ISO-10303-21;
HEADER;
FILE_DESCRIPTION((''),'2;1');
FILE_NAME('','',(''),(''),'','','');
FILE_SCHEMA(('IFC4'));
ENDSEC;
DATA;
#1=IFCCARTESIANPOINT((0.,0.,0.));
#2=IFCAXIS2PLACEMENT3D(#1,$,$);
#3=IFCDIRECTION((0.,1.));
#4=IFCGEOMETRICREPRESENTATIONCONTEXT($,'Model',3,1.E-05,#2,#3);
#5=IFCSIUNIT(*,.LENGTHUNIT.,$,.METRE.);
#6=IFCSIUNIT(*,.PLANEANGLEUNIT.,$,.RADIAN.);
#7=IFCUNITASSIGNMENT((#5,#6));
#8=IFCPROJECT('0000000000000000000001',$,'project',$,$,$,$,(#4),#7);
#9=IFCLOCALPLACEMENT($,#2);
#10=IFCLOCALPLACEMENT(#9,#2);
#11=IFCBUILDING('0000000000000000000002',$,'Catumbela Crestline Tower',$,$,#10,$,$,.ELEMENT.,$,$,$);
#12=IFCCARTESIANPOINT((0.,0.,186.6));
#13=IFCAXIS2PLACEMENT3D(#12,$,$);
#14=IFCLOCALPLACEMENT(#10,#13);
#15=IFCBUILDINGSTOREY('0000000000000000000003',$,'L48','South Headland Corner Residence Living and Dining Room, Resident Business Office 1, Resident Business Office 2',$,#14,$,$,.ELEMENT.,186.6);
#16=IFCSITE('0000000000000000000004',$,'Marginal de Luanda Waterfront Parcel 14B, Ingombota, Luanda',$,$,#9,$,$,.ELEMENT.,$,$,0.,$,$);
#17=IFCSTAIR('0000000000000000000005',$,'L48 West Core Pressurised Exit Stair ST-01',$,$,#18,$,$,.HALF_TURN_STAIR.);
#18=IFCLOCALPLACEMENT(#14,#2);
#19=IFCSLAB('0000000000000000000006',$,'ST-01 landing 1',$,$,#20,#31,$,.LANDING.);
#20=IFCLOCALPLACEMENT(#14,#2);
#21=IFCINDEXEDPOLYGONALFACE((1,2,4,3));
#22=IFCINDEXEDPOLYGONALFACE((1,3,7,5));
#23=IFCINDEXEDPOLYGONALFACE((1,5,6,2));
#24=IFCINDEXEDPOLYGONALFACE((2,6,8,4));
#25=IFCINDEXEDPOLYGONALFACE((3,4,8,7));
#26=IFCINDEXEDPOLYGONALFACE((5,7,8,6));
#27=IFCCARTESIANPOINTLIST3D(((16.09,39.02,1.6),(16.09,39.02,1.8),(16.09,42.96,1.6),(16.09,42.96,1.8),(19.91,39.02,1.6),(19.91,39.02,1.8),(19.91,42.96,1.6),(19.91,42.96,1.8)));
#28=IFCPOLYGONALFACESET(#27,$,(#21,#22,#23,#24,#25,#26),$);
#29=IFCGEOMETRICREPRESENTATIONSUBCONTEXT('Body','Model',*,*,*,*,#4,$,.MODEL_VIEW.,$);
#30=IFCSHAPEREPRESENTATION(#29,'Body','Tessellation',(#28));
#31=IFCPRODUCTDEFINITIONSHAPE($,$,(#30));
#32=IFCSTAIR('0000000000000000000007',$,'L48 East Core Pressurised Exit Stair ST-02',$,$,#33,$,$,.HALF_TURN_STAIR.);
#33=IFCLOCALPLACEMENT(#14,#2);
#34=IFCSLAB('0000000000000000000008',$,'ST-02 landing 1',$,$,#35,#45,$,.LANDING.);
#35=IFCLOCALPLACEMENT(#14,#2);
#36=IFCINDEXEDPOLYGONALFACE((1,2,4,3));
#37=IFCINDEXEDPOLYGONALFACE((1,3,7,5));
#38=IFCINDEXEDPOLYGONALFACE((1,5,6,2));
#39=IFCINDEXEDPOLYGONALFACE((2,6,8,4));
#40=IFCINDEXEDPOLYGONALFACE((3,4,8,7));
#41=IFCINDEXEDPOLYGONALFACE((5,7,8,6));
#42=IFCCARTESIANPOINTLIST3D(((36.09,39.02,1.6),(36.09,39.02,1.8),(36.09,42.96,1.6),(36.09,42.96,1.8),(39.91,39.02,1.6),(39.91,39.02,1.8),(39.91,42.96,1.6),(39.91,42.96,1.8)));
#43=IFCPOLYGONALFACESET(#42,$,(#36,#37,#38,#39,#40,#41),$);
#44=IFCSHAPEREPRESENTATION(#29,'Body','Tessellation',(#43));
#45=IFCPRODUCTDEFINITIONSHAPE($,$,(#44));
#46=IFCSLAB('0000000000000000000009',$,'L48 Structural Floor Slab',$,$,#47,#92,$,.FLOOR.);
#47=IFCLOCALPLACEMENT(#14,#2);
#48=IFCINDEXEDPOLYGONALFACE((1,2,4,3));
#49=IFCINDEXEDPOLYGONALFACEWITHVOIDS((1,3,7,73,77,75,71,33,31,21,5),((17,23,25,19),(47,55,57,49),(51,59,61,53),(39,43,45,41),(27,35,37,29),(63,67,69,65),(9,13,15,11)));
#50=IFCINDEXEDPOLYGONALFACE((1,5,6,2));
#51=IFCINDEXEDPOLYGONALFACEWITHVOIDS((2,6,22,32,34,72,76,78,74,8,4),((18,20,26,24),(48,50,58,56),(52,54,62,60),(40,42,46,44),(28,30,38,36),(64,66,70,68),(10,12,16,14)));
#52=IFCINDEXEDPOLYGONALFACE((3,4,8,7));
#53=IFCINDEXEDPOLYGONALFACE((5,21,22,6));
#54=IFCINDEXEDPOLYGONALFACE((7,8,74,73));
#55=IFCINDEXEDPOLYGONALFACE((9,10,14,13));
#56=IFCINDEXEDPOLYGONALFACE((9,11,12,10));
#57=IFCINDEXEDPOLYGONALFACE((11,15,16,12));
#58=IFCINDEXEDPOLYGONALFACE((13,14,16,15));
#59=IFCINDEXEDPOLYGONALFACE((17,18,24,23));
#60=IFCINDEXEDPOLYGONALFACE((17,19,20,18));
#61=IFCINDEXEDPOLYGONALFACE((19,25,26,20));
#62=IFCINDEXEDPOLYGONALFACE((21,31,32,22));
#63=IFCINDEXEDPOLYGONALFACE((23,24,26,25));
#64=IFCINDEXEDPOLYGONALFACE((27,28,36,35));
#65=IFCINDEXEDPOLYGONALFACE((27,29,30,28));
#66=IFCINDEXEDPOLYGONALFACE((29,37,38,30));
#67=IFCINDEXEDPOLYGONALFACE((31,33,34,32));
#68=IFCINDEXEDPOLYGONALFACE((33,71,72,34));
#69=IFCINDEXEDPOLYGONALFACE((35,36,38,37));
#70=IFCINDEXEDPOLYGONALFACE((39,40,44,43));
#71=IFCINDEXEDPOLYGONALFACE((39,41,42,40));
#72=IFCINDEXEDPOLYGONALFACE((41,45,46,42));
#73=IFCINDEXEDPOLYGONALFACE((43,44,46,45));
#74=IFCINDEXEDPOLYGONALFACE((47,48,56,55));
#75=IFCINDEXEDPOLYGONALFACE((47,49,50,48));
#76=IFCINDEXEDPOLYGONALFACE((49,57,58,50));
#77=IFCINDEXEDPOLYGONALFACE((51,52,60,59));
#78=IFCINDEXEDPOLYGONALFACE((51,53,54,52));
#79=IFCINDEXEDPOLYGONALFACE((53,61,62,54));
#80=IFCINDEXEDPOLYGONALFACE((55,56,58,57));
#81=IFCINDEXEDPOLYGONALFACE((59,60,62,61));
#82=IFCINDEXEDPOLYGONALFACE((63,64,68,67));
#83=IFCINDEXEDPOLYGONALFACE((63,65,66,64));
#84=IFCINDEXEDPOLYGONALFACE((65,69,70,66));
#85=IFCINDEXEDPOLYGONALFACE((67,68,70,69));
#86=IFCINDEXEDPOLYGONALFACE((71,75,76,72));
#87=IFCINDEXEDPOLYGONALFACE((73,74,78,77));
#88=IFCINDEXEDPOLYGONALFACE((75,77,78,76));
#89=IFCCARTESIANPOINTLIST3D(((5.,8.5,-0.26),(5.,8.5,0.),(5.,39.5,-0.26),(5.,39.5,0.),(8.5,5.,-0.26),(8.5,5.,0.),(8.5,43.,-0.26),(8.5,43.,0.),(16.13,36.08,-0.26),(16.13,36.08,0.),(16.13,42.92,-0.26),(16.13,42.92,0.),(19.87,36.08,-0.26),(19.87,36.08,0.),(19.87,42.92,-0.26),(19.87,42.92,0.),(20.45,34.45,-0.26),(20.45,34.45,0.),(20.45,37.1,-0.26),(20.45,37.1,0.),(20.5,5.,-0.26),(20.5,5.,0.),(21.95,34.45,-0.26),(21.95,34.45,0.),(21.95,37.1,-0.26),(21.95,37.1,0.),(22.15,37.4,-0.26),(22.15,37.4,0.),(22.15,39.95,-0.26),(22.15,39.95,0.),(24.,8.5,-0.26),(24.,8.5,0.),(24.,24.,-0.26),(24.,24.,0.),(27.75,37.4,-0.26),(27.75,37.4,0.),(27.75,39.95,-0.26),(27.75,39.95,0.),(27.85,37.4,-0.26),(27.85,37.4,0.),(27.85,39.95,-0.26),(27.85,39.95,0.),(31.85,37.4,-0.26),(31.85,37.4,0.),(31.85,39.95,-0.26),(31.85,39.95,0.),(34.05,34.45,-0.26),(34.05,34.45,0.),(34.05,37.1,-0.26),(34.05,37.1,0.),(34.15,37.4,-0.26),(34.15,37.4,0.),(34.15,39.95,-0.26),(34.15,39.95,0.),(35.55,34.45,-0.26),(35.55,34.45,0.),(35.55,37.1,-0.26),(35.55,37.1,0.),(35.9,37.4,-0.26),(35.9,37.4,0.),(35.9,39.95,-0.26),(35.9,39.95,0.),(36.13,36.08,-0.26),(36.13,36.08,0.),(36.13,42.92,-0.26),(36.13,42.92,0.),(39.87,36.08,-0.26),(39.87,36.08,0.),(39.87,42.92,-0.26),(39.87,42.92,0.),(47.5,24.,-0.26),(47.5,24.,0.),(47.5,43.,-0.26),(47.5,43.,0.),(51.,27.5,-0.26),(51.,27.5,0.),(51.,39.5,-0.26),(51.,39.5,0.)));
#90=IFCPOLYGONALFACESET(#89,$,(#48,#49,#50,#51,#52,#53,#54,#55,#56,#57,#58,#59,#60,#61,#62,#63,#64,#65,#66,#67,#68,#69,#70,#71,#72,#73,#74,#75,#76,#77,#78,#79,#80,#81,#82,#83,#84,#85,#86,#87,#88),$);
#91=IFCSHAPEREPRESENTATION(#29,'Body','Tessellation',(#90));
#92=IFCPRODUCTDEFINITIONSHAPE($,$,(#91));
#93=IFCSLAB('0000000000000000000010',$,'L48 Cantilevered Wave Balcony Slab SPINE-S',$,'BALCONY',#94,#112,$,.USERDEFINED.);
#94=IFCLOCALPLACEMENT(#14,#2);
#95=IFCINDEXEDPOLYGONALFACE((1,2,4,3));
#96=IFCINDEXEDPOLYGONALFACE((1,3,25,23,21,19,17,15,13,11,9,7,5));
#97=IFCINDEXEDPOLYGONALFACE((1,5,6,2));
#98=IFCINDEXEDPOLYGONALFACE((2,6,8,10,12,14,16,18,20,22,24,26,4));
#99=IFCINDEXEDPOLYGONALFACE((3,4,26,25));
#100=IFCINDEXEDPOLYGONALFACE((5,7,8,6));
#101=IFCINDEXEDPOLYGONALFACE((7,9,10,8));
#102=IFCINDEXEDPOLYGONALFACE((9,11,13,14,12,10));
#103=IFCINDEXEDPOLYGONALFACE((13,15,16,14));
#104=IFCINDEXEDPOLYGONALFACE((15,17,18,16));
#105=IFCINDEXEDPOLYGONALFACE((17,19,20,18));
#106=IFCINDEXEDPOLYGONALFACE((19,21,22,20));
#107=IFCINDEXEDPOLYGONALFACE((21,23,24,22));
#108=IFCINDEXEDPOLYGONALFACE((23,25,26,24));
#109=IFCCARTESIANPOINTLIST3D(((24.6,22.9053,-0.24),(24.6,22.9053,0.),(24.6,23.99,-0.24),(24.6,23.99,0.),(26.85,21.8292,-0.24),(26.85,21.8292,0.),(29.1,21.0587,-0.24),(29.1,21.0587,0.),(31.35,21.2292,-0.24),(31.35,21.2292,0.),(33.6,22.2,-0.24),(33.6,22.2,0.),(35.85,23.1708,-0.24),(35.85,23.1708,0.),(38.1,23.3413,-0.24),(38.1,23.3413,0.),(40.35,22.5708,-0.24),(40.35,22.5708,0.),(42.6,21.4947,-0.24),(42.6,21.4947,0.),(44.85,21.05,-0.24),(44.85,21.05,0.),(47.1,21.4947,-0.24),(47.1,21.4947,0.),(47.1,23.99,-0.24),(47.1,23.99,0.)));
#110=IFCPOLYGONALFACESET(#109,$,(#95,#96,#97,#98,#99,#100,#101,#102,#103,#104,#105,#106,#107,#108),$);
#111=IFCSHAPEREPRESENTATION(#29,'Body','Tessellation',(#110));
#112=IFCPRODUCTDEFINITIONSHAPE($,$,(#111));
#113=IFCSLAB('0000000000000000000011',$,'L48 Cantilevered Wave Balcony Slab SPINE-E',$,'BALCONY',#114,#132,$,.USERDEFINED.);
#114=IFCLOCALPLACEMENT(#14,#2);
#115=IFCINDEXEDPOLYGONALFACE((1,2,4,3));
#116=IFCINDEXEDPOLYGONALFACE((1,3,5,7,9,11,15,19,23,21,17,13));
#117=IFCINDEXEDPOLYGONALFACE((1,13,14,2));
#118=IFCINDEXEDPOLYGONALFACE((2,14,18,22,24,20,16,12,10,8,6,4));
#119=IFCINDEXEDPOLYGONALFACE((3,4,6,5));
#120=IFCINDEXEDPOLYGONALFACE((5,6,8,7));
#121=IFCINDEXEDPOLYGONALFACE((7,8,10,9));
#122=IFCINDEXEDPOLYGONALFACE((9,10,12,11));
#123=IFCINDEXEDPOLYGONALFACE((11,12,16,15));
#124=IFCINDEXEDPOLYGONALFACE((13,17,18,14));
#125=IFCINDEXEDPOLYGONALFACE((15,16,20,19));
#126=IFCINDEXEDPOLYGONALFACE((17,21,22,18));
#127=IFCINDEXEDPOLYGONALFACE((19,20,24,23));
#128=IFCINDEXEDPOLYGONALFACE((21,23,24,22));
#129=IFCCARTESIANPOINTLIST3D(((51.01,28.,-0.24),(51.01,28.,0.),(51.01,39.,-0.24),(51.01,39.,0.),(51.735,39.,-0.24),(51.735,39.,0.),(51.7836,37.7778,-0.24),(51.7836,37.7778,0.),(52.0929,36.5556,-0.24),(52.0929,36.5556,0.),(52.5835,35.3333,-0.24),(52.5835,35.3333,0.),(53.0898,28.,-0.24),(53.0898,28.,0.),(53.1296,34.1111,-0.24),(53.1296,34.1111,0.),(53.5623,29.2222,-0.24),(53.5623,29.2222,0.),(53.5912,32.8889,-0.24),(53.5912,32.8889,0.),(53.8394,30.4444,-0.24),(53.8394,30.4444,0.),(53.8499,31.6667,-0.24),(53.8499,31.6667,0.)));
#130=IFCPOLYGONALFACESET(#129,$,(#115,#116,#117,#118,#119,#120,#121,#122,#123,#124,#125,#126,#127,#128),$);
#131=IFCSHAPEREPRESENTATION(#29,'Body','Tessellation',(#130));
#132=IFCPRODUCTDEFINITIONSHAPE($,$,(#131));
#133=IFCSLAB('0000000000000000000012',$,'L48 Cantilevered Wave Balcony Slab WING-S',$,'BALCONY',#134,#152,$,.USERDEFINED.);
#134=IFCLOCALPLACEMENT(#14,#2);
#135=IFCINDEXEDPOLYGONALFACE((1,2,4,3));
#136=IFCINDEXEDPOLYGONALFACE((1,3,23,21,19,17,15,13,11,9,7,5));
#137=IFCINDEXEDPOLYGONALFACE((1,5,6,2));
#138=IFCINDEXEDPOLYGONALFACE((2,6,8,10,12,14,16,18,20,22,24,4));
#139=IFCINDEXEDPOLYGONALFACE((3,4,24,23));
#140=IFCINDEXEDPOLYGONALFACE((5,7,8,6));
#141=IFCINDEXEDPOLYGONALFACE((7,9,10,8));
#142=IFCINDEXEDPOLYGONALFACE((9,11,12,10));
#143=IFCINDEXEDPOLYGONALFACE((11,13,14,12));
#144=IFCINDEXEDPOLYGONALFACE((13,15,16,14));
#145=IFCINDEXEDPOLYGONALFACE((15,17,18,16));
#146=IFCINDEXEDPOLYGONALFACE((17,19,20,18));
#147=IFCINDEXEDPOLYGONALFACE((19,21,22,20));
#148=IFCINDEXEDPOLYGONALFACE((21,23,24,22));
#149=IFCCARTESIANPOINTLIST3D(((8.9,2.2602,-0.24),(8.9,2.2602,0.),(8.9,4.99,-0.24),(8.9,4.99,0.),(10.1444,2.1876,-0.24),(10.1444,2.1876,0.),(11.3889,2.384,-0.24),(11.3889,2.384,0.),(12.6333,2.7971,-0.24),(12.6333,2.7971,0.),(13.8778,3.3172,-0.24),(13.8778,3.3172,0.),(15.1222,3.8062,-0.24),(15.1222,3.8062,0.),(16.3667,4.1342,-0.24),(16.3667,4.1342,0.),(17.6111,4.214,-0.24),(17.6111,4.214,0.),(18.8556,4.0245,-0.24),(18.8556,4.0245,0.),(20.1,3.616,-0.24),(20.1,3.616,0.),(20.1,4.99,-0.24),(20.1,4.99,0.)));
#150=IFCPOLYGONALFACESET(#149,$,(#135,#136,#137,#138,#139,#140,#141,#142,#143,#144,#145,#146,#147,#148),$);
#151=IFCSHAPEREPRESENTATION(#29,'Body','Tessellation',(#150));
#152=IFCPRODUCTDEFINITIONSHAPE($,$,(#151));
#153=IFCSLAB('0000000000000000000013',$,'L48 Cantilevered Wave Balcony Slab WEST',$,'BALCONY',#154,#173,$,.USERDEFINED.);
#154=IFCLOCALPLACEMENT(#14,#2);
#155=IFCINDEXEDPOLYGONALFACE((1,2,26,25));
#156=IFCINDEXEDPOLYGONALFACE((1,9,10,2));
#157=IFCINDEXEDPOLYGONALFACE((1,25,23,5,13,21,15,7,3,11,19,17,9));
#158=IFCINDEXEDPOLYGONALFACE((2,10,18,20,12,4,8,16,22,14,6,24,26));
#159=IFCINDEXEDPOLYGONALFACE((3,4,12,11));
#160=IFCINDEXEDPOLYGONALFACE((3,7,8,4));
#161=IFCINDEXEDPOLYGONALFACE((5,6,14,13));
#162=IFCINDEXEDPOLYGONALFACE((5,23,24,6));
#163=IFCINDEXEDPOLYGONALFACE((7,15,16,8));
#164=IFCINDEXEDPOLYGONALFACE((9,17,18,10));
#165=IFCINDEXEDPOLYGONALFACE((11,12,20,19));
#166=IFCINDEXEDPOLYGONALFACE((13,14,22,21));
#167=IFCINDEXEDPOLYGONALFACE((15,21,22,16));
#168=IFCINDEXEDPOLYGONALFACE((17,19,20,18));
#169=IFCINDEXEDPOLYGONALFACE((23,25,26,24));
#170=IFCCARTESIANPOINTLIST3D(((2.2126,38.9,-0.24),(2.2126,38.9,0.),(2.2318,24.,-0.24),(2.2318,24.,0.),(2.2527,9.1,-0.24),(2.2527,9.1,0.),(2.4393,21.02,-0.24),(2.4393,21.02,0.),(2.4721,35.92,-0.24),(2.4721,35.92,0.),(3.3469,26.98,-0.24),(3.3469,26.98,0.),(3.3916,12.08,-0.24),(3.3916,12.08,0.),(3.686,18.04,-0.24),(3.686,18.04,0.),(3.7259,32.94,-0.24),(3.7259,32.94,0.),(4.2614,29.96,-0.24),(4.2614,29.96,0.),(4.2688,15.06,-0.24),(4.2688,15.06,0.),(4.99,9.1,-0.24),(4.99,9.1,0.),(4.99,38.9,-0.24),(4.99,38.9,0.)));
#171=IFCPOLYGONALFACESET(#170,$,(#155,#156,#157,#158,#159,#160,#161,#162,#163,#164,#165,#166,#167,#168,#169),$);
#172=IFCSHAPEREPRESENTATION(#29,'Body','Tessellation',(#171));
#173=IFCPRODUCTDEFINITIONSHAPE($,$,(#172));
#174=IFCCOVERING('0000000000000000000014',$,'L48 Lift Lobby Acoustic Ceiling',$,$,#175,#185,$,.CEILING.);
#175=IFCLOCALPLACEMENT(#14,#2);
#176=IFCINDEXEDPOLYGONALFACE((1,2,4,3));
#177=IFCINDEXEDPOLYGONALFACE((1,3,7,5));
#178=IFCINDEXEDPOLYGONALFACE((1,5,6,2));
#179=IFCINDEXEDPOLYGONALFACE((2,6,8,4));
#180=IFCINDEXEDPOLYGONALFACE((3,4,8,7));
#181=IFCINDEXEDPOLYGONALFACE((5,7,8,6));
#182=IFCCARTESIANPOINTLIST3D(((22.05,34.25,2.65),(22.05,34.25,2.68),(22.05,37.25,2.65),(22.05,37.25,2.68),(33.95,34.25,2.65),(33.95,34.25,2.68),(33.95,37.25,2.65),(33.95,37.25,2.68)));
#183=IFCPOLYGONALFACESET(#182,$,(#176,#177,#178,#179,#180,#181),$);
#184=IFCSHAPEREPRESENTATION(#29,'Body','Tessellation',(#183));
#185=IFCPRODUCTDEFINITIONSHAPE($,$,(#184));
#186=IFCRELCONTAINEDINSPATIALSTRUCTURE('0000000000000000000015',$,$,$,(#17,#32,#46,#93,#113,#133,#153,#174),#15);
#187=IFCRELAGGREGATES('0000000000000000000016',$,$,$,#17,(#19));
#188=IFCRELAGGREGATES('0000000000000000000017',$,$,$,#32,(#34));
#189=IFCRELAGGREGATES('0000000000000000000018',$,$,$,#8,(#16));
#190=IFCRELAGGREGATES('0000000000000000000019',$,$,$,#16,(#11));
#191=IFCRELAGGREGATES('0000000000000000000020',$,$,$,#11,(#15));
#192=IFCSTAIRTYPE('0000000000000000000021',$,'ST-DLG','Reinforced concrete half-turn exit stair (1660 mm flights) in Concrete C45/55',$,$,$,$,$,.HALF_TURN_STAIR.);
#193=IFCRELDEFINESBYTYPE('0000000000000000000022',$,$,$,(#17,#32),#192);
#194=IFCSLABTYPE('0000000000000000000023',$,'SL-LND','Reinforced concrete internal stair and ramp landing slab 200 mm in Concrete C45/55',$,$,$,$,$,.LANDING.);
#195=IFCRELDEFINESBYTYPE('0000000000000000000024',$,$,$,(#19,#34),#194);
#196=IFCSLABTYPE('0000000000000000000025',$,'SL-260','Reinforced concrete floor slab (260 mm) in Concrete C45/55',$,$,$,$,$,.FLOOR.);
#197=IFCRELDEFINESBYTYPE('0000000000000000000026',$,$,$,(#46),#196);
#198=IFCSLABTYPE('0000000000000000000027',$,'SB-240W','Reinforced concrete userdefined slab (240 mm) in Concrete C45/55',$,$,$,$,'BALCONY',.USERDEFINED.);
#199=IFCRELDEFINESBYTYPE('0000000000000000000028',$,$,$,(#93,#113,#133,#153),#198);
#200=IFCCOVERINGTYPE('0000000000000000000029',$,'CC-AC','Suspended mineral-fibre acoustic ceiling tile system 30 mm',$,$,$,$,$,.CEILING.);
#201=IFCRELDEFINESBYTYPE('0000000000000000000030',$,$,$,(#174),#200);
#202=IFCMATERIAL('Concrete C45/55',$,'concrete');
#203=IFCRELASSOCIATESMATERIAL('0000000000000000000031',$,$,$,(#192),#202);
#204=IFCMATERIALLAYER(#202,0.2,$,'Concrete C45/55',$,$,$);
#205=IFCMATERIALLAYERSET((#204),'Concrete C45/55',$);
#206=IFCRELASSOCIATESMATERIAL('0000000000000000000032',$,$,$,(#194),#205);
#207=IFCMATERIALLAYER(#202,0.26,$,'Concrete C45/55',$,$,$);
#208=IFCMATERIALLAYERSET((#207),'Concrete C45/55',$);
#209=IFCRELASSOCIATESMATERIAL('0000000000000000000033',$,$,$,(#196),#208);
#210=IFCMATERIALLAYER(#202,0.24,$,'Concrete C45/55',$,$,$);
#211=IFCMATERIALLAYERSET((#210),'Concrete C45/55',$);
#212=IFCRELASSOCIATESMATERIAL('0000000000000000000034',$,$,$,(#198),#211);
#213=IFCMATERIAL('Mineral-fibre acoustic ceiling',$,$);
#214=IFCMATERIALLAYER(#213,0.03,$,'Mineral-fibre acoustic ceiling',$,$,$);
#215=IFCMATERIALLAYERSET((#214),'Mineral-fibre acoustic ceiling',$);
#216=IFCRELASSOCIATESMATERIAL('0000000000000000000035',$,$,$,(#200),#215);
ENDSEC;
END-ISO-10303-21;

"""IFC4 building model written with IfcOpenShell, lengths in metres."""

from ifc_helpers import new_model, si_unit, direction, frame, origin, place, context, subcontext, project, spatial, polyline, outline, extrude, material, layer, layer_set, type_object, element, aggregate, save


model = new_model("IFC4")

# Units and contexts
model_context = context("Model", 3, precision=1e-05, world=origin(), true_north=direction((0.0, 1.0)))
body_context = subcontext(model_context, "Body", "Model", "MODEL_VIEW")
ifc_project = project(units=[si_unit("LENGTHUNIT", "METRE"), si_unit("PLANEANGLEUNIT", "RADIAN")], contexts=[model_context])

# Site, building, storey
site_placement = place(None, origin())
site = spatial("IfcSite", under=ifc_project, at=site_placement, Name="Marginal de Luanda Waterfront Parcel 14B, Ingombota, Luanda", CompositionType="ELEMENT", RefElevation=0.0)
building_placement = place(site_placement, origin())
building = spatial("IfcBuilding", under=site, at=building_placement, Name="Catumbela Crestline Tower", CompositionType="ELEMENT")
storey_placement = place(building_placement, frame((0.0, 0.0, 186.6)))
storey = spatial("IfcBuildingStorey", under=building, at=storey_placement, Name="L48", Description="South Headland Corner Residence Living and Dining Room, Resident Business Office 1, Resident Business Office 2", CompositionType="ELEMENT", Elevation=186.6)

# Stairs, slabs
ifc_material_1 = material(Name="Concrete C45/55", Category="concrete")
stair_type = type_object("IfcStairType", Name="ST-DLG", Description="Reinforced concrete half-turn exit stair (1660 mm flights) in Concrete C45/55", PredefinedType="HALF_TURN_STAIR", material=ifc_material_1)
stair_1_placement = place(storey_placement, origin())
stair_1 = element("IfcStair", 1, at=stair_1_placement, inside=storey, type_object=stair_type, Name="L48 West Core Pressurised Exit Stair ST-01", PredefinedType="HALF_TURN_STAIR")
ifc_layer_1 = layer(ifc_material_1, 0.2, Name="Concrete C45/55")
ifc_layer_set_1 = layer_set([ifc_layer_1], Name="Concrete C45/55")
slab_type_1 = type_object("IfcSlabType", Name="SL-LND", Description="Reinforced concrete internal stair and ramp landing slab 200 mm in Concrete C45/55", PredefinedType="LANDING", material=ifc_layer_set_1)
slab_1_placement = place(storey_placement, frame((0.0, 0.0, 1.6)))
slab_1 = element("IfcSlab", 2, at=slab_1_placement, type_object=slab_type_1, Name="ST-01 landing 1", PredefinedType="LANDING", context=body_context, shape_type="SweptSolid", body=[
    extrude(outline(polyline([(19.91, 39.02), (19.91, 42.96), (16.09, 42.96), (16.09, 39.02), (19.91, 39.02)])), origin(), (0.0, 0.0, 1.0), 0.2),
])
aggregate(stair_1, [slab_1])
stair_2_placement = place(storey_placement, origin())
stair_2 = element("IfcStair", 3, at=stair_2_placement, inside=storey, type_object=stair_type, Name="L48 East Core Pressurised Exit Stair ST-02", PredefinedType="HALF_TURN_STAIR")
slab_2_placement = place(storey_placement, frame((0.0, 0.0, 1.6)))
slab_2 = element("IfcSlab", 4, at=slab_2_placement, type_object=slab_type_1, Name="ST-02 landing 1", PredefinedType="LANDING", context=body_context, shape_type="SweptSolid", body=[
    extrude(outline(polyline([(39.91, 39.02), (39.91, 42.96), (36.09, 42.96), (36.09, 39.02), (39.91, 39.02)])), origin(), (0.0, 0.0, 1.0), 0.2),
])
aggregate(stair_2, [slab_2])

# Slabs
ifc_layer_2 = layer(ifc_material_1, 0.26, Name="Concrete C45/55")
ifc_layer_set_2 = layer_set([ifc_layer_2], Name="Concrete C45/55")
slab_type_2 = type_object("IfcSlabType", Name="SL-260", Description="Reinforced concrete floor slab (260 mm) in Concrete C45/55", PredefinedType="FLOOR", material=ifc_layer_set_2)
slab_3_placement = place(storey_placement, frame((0.0, 0.0, -0.26)))
element("IfcSlab", 5, at=slab_3_placement, inside=storey, type_object=slab_type_2, Name="L48 Structural Floor Slab", PredefinedType="FLOOR", context=body_context, shape_type="SweptSolid", body=[
    extrude(outline(polyline([(8.5, 5.0), (20.5, 5.0), (24.0, 8.5), (24.0, 24.0), (47.5, 24.0), (51.0, 27.5), (51.0, 39.5), (47.5, 43.0), (8.5, 43.0), (5.0, 39.5), (5.0, 8.5), (8.5, 5.0)]), holes=[polyline([(16.13, 36.08), (19.87, 36.08), (19.87, 42.92), (16.13, 42.92), (16.13, 36.08)]), polyline([(36.13, 36.08), (39.87, 36.08), (39.87, 42.92), (36.13, 42.92), (36.13, 36.08)]), polyline([(22.15, 37.4), (27.75, 37.4), (27.75, 39.95), (22.15, 39.95), (22.15, 37.4)]), polyline([(27.85, 37.4), (31.85, 37.4), (31.85, 39.95), (27.85, 39.95), (27.85, 37.4)]), polyline([(20.45, 34.45), (21.95, 34.45), (21.95, 37.1), (20.45, 37.1), (20.45, 34.45)]), polyline([(34.05, 34.45), (35.55, 34.45), (35.55, 37.1), (34.05, 37.1), (34.05, 34.45)]), polyline([(34.15, 37.4), (35.9, 37.4), (35.9, 39.95), (34.15, 39.95), (34.15, 37.4)])]), origin(), (0.0, 0.0, 1.0), 0.26),
])
ifc_layer_3 = layer(ifc_material_1, 0.24, Name="Concrete C45/55")
ifc_layer_set_3 = layer_set([ifc_layer_3], Name="Concrete C45/55")
slab_type_3 = type_object("IfcSlabType", Name="SB-240W", Description="Reinforced concrete userdefined slab (240 mm) in Concrete C45/55", ElementType="BALCONY", PredefinedType="USERDEFINED", material=ifc_layer_set_3)
slab_4_placement = place(storey_placement, frame((0.0, 0.0, -0.24)))
element("IfcSlab", 6, at=slab_4_placement, inside=storey, type_object=slab_type_3, Name="L48 Cantilevered Wave Balcony Slab SPINE-S", ObjectType="BALCONY", PredefinedType="USERDEFINED", context=body_context, shape_type="SweptSolid", body=[
    extrude(outline(polyline([(24.6, 22.9053), (26.85, 21.8292), (29.1, 21.0587), (31.35, 21.2292), (33.6, 22.2), (35.85, 23.1708), (38.1, 23.3413), (40.35, 22.5708), (42.6, 21.4947), (44.85, 21.05), (47.1, 21.4947), (47.1, 23.99), (24.6, 23.99), (24.6, 22.9053)])), origin(), (0.0, 0.0, 1.0), 0.24),
])
slab_5_placement = place(storey_placement, frame((0.0, 0.0, -0.24)))
element("IfcSlab", 7, at=slab_5_placement, inside=storey, type_object=slab_type_3, Name="L48 Cantilevered Wave Balcony Slab SPINE-E", ObjectType="BALCONY", PredefinedType="USERDEFINED", context=body_context, shape_type="SweptSolid", body=[
    extrude(outline(polyline([(51.01, 28.0), (53.0898, 28.0), (53.5623, 29.2222), (53.8394, 30.4444), (53.8499, 31.6667), (53.5912, 32.8889), (53.1296, 34.1111), (52.5835, 35.3333), (52.0929, 36.5556), (51.7836, 37.7778), (51.735, 39.0), (51.01, 39.0), (51.01, 28.0)])), origin(), (0.0, 0.0, 1.0), 0.24),
])
slab_6_placement = place(storey_placement, frame((0.0, 0.0, -0.24)))
element("IfcSlab", 8, at=slab_6_placement, inside=storey, type_object=slab_type_3, Name="L48 Cantilevered Wave Balcony Slab WING-S", ObjectType="BALCONY", PredefinedType="USERDEFINED", context=body_context, shape_type="SweptSolid", body=[
    extrude(outline(polyline([(8.9, 2.2602), (10.1444, 2.1876), (11.3889, 2.384), (12.6333, 2.7971), (13.8778, 3.3172), (15.1222, 3.8062), (16.3667, 4.1342), (17.6111, 4.214), (18.8556, 4.0245), (20.1, 3.616), (20.1, 4.99), (8.9, 4.99), (8.9, 2.2602)])), origin(), (0.0, 0.0, 1.0), 0.24),
])
slab_7_placement = place(storey_placement, frame((0.0, 0.0, -0.24)))
element("IfcSlab", 9, at=slab_7_placement, inside=storey, type_object=slab_type_3, Name="L48 Cantilevered Wave Balcony Slab WEST", ObjectType="BALCONY", PredefinedType="USERDEFINED", context=body_context, shape_type="SweptSolid", body=[
    extrude(outline(polyline([(4.99, 38.9), (2.2126, 38.9), (2.4721, 35.92), (3.7259, 32.94), (4.2614, 29.96), (3.3469, 26.98), (2.2318, 24.0), (2.4393, 21.02), (3.686, 18.04), (4.2688, 15.06), (3.3916, 12.08), (2.2527, 9.1), (4.99, 9.1), (4.99, 38.9)])), origin(), (0.0, 0.0, 1.0), 0.24),
])

# Covering
ifc_material_2 = material(Name="Mineral-fibre acoustic ceiling")
ifc_layer_4 = layer(ifc_material_2, 0.03, Name="Mineral-fibre acoustic ceiling")
ifc_layer_set_4 = layer_set([ifc_layer_4], Name="Mineral-fibre acoustic ceiling")
covering_type_1 = type_object("IfcCoveringType", Name="CC-AC", Description="Suspended mineral-fibre acoustic ceiling tile system 30 mm", PredefinedType="CEILING", material=ifc_layer_set_4)
covering_1_placement = place(storey_placement, frame((0.0, 0.0, 2.65)))
element("IfcCovering", 10, at=covering_1_placement, inside=storey, type_object=covering_type_1, Name="L48 Lift Lobby Acoustic Ceiling", PredefinedType="CEILING", context=body_context, shape_type="SweptSolid", body=[
    extrude(outline(polyline([(22.05, 34.25), (33.95, 34.25), (33.95, 37.25), (22.05, 37.25), (22.05, 34.25)])), origin(), (0.0, 0.0, 1.0), 0.03),
])

save(model, "model.ifc")
